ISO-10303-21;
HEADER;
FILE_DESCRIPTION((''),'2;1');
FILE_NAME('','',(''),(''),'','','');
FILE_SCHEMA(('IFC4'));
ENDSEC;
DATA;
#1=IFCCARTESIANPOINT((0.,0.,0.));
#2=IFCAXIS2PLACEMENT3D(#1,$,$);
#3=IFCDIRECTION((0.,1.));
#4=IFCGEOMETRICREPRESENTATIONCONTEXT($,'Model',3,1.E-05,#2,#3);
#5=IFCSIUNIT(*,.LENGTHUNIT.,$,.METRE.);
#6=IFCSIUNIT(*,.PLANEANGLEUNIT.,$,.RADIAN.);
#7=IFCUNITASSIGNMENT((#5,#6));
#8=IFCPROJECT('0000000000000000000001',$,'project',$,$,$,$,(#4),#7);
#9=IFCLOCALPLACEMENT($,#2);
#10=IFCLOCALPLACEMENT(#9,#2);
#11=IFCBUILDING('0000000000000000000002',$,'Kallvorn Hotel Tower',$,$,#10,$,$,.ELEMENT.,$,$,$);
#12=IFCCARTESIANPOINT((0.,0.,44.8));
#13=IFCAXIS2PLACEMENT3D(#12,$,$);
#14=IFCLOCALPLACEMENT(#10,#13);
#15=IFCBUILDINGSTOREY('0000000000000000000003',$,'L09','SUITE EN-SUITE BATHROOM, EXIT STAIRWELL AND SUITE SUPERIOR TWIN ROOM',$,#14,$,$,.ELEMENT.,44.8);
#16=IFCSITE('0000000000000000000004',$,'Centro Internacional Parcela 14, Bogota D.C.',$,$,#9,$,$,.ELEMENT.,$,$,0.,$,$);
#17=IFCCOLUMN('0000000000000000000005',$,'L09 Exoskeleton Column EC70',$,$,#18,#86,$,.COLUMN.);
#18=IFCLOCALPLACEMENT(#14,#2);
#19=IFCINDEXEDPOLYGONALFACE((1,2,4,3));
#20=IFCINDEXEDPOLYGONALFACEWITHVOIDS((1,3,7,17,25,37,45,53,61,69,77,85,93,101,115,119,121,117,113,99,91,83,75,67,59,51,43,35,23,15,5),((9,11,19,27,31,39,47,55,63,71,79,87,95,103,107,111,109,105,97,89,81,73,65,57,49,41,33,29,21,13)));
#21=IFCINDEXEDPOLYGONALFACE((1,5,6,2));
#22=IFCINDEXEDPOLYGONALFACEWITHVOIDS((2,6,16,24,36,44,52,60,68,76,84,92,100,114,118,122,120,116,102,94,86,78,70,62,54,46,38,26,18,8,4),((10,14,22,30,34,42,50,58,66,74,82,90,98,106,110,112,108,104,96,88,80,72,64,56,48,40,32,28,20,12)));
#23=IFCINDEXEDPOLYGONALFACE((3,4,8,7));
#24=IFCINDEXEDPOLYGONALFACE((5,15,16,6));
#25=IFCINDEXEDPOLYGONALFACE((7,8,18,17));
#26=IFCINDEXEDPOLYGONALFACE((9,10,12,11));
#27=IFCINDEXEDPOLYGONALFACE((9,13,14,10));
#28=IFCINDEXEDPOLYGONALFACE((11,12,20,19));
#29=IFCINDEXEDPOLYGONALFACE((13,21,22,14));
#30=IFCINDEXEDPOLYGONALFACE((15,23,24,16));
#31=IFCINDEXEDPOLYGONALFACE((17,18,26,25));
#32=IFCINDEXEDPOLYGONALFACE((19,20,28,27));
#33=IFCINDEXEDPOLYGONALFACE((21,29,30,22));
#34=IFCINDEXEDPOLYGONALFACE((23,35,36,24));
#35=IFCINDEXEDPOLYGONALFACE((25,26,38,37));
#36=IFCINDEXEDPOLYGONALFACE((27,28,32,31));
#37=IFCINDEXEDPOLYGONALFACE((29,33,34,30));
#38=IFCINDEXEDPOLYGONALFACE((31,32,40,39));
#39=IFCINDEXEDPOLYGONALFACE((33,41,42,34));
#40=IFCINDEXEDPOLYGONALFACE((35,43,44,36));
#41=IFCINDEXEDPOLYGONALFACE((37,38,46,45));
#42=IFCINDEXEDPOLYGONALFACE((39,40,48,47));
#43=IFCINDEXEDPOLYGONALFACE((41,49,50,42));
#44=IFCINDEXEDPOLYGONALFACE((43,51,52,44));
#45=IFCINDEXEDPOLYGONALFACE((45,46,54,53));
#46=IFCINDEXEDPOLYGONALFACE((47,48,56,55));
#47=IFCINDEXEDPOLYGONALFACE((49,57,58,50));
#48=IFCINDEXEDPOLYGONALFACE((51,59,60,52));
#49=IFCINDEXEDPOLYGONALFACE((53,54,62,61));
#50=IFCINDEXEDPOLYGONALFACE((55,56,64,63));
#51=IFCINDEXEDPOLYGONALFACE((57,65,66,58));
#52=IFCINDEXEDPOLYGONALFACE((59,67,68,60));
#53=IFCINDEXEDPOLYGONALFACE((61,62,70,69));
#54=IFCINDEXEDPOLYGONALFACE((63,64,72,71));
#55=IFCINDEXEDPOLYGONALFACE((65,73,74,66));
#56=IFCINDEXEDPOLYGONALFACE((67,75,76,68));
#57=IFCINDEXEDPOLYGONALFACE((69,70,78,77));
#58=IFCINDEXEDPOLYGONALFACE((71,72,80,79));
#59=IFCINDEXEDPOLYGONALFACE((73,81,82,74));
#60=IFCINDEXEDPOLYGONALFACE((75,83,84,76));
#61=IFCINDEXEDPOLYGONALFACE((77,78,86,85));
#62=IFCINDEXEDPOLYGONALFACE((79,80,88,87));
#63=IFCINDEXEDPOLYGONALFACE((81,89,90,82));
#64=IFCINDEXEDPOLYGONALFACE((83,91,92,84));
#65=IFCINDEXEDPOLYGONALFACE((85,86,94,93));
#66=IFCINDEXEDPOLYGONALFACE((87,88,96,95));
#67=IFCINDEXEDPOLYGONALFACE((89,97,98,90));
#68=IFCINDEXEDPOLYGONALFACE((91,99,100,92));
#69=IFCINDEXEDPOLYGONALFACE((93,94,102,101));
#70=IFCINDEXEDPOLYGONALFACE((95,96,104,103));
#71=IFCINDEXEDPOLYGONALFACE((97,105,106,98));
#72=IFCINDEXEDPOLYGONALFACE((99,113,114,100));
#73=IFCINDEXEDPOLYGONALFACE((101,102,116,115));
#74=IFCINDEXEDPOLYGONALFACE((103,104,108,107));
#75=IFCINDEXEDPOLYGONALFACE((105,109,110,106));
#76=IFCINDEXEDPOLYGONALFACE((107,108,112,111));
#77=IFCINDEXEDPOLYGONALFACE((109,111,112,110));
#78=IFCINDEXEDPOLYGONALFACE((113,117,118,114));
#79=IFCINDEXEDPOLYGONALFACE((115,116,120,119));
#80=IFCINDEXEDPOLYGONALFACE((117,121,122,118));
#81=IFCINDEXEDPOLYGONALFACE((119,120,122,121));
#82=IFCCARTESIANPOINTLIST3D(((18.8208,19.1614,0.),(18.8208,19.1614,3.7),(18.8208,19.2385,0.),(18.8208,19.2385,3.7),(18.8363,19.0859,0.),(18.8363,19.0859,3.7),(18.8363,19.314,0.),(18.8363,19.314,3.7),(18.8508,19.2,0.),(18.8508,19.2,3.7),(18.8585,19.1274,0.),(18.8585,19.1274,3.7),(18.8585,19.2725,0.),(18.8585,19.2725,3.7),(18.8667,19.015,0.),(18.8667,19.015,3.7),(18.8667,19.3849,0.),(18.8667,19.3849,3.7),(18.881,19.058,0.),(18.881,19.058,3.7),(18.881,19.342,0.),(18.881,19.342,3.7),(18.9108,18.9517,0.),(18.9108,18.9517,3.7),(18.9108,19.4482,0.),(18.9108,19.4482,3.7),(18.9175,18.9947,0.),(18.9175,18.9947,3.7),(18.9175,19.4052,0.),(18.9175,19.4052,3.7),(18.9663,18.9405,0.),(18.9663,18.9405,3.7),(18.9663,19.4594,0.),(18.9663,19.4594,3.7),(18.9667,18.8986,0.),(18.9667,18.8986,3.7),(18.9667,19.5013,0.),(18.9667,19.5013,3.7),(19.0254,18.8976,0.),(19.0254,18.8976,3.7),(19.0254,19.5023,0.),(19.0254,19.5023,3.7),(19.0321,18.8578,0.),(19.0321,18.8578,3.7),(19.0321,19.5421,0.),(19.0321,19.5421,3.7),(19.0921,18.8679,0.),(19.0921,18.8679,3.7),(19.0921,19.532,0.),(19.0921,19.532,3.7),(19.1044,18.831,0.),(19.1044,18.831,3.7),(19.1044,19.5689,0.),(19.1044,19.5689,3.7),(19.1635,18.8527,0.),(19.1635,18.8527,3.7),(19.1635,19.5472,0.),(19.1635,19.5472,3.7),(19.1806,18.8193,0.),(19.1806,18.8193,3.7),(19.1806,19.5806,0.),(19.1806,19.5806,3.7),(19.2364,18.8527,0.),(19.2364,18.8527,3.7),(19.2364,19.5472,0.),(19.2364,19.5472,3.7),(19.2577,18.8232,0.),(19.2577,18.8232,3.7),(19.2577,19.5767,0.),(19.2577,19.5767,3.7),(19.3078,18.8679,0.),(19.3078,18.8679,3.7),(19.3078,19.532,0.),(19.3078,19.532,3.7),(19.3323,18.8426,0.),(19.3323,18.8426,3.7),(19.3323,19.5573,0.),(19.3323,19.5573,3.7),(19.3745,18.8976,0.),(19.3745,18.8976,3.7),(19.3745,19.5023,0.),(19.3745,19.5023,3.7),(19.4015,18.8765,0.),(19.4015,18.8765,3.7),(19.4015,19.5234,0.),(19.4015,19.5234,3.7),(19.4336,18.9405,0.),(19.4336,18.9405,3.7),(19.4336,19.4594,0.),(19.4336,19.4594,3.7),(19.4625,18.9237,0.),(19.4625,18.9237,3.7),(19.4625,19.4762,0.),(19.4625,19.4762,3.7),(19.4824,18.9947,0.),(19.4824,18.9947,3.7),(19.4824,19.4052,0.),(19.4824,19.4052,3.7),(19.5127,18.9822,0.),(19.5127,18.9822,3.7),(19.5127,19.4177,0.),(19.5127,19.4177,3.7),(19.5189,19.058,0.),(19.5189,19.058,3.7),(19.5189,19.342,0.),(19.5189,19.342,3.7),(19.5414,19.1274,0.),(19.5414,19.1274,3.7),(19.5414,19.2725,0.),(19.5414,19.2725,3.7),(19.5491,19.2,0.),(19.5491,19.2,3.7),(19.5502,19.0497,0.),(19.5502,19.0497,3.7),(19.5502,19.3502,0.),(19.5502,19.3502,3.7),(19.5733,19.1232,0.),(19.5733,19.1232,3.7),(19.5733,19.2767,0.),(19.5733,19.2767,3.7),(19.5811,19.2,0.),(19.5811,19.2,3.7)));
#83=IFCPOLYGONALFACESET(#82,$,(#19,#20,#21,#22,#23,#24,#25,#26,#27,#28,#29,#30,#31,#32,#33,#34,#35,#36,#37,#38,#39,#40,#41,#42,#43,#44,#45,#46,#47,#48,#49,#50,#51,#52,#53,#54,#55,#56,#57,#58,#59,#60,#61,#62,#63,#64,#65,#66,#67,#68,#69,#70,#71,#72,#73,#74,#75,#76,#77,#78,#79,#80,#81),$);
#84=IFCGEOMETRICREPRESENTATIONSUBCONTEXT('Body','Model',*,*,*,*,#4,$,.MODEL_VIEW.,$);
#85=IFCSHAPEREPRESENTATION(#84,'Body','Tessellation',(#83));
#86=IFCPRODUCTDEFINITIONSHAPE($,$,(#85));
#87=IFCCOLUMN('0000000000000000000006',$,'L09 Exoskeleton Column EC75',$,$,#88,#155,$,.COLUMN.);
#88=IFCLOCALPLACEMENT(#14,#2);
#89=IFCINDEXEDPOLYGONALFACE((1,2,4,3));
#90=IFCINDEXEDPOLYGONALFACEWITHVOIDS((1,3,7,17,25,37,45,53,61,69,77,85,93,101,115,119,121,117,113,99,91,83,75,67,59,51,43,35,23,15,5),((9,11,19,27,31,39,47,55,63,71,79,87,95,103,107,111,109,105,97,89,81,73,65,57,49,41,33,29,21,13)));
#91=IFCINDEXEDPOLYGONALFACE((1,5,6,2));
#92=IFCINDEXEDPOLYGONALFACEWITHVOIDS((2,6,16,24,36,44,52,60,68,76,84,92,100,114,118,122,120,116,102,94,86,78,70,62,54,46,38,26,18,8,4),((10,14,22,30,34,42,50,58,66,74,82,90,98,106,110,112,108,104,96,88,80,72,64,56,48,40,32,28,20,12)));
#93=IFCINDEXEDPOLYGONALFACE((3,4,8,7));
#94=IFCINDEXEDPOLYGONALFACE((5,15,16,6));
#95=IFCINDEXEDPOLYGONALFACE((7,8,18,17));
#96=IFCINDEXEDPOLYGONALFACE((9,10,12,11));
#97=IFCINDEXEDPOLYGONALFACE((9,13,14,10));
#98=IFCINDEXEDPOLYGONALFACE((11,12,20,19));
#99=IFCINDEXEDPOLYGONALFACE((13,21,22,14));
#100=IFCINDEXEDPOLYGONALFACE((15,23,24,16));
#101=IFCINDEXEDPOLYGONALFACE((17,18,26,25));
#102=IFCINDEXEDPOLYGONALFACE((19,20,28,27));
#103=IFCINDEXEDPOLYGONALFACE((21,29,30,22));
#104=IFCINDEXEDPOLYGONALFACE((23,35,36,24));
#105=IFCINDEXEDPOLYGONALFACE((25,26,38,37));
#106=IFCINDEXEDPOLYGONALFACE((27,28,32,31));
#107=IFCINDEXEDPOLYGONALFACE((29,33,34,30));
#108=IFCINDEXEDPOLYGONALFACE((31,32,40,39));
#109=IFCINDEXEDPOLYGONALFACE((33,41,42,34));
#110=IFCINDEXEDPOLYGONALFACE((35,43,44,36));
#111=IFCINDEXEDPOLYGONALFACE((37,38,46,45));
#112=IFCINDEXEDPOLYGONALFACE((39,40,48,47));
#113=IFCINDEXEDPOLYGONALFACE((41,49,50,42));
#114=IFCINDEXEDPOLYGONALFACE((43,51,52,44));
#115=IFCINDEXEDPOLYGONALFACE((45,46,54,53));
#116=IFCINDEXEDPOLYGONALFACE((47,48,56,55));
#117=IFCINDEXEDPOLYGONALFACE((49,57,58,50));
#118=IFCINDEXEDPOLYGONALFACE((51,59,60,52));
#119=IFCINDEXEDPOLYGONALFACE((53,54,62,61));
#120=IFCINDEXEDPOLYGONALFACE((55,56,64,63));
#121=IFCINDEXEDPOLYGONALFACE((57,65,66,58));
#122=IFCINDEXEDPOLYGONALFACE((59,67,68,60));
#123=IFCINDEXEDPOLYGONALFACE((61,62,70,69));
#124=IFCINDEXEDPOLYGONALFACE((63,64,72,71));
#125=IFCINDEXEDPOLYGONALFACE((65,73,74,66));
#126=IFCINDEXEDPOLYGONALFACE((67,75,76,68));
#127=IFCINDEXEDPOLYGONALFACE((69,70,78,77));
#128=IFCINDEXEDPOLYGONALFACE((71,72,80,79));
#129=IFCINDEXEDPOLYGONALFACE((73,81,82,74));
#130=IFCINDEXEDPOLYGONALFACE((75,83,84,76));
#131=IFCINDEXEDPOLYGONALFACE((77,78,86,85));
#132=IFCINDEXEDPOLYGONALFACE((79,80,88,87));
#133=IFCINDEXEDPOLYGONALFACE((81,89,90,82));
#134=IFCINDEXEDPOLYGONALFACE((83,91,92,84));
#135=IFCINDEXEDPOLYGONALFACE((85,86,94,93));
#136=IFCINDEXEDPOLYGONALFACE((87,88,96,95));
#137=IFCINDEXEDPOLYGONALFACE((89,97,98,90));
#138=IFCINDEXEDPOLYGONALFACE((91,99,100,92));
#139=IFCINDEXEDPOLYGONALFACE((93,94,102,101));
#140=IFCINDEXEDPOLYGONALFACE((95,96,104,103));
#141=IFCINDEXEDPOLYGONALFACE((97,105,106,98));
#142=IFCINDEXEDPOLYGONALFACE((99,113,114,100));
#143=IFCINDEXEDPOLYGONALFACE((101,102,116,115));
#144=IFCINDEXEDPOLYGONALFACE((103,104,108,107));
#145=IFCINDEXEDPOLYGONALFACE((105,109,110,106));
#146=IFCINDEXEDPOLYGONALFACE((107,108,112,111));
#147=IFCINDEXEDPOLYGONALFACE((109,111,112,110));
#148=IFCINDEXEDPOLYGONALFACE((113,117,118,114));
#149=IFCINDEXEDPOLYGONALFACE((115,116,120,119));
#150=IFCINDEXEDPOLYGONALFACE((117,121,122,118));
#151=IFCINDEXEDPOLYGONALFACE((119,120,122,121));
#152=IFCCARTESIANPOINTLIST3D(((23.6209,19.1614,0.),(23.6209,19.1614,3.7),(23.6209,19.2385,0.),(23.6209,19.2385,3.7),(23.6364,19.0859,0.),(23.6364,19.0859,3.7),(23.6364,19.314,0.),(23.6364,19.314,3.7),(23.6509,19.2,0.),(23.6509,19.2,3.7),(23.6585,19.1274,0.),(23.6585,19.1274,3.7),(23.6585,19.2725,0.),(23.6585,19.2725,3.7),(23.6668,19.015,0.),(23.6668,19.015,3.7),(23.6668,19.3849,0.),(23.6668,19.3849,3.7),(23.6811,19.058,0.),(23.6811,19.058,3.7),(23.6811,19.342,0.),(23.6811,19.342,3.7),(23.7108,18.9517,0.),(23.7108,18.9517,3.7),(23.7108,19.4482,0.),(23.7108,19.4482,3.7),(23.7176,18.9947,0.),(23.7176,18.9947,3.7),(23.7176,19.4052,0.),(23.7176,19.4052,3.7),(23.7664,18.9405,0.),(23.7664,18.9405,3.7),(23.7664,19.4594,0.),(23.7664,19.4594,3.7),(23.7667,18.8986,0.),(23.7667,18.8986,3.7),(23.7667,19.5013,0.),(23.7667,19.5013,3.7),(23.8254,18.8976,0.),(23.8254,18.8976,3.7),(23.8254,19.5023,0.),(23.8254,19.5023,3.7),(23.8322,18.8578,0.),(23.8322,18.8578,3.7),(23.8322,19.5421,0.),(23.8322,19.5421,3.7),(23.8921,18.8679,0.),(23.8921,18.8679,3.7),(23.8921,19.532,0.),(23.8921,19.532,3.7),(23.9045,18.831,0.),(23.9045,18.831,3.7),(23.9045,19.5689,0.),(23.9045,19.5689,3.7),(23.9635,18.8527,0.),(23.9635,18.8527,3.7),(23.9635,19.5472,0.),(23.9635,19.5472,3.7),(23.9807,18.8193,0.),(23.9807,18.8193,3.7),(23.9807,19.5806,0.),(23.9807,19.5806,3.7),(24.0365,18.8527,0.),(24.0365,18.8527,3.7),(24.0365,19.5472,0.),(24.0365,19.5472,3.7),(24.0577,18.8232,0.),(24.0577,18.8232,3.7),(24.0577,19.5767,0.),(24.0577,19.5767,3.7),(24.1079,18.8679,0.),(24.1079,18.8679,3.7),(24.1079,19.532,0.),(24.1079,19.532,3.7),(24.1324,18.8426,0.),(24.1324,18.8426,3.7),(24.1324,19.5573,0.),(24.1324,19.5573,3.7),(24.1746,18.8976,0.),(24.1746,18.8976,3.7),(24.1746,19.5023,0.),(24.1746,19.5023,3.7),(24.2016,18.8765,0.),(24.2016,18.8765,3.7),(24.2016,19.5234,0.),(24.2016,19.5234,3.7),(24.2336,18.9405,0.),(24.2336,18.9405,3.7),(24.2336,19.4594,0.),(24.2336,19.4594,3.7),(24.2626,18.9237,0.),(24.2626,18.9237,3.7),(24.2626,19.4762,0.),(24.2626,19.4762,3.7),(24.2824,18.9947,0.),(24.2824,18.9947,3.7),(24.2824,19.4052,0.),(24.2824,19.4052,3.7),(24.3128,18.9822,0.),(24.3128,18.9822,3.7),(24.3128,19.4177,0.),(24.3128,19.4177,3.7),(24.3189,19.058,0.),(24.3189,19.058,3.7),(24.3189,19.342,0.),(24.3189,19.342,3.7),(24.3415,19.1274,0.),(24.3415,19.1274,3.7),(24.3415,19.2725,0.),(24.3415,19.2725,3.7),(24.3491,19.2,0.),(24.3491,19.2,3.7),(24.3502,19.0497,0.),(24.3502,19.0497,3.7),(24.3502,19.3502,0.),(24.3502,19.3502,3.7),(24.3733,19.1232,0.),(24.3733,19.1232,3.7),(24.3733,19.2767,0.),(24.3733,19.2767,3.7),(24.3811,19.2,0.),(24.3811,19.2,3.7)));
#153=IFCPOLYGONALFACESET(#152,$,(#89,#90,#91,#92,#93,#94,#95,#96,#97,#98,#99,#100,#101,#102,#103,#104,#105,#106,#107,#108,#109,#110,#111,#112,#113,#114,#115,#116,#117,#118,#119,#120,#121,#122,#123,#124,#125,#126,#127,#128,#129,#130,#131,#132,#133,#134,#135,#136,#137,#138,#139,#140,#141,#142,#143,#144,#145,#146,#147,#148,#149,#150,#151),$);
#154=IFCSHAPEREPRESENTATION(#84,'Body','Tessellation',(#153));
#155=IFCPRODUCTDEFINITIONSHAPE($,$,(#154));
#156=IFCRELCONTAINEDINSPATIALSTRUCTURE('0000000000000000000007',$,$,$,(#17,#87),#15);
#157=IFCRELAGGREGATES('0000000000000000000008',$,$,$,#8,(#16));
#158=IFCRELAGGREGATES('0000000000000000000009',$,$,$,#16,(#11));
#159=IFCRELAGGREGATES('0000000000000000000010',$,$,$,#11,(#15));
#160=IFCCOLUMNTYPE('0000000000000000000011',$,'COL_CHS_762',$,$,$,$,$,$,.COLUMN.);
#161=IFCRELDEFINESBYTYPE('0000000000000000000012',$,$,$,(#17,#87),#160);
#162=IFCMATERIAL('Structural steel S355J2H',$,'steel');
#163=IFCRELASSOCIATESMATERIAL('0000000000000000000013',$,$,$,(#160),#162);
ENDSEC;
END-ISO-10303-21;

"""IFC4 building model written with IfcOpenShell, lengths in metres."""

from ifc_helpers import new_model, si_unit, direction, frame, origin, origin_2d, place, context, subcontext, project, spatial, hollow_circle, extrude, material, material_profile, profile_set, type_object, element, save


model = new_model("IFC4")

# Units and contexts
model_context = context("Model", 3, precision=1e-05, world=origin(), true_north=direction((0.0, 1.0)))
body_context = subcontext(model_context, "Body", "Model", "MODEL_VIEW")
ifc_project = project(units=[si_unit("LENGTHUNIT", "METRE"), si_unit("PLANEANGLEUNIT", "RADIAN")], contexts=[model_context])

# Site, building, storey
site_placement = place(None, origin())
site = spatial("IfcSite", under=ifc_project, at=site_placement, Name="Centro Internacional Parcela 14, Bogota D.C.", CompositionType="ELEMENT", RefElevation=0.0)
building_placement = place(site_placement, origin())
building = spatial("IfcBuilding", under=site, at=building_placement, Name="Kallvorn Hotel Tower", CompositionType="ELEMENT")
storey_placement = place(building_placement, frame((0.0, 0.0, 44.8)))
storey = spatial("IfcBuildingStorey", under=building, at=storey_placement, Name="L09", Description="SUITE EN-SUITE BATHROOM, EXIT STAIRWELL AND SUITE SUPERIOR TWIN ROOM", CompositionType="ELEMENT", Elevation=44.8)

# Columns
ifc_material_1 = material(Name="Structural steel S355J2H", Category="steel")
ifc_material_profile_1 = material_profile(ifc_material_1, hollow_circle(Radius=0.3811, WallThickness=0.032, at=origin_2d()), Name="CHS 762x32")
ifc_profile_set_1 = profile_set([ifc_material_profile_1], Name="Structural steel S355J2H")
column_type_1 = type_object("IfcColumnType", Name="COL_CHS_762", PredefinedType="COLUMN", material=ifc_profile_set_1)
for number, where, z_axis, x_axis, name in (
    (1, (19.2, 19.2, 0.0), (0.0, 0.0, 1.0), (1.0, 0.0, 0.0), "L09 Exoskeleton Column EC70"),
    (2, (24.0, 19.2, 0.0), (0.0, 0.0, 1.0), (1.0, 0.0, 0.0), "L09 Exoskeleton Column EC75"),
):
    element("IfcColumn", number, at=place(storey_placement, frame(where, z_axis=z_axis, x_axis=x_axis)), inside=storey, type_object=column_type_1, Name=name, PredefinedType="COLUMN", context=body_context, shape_type="SweptSolid", body=[
        extrude(hollow_circle(Radius=0.3811, WallThickness=0.032, at=origin_2d()), origin(), (0.0, 0.0, 1.0), 3.7),
    ])

save(model, "model.ifc")
